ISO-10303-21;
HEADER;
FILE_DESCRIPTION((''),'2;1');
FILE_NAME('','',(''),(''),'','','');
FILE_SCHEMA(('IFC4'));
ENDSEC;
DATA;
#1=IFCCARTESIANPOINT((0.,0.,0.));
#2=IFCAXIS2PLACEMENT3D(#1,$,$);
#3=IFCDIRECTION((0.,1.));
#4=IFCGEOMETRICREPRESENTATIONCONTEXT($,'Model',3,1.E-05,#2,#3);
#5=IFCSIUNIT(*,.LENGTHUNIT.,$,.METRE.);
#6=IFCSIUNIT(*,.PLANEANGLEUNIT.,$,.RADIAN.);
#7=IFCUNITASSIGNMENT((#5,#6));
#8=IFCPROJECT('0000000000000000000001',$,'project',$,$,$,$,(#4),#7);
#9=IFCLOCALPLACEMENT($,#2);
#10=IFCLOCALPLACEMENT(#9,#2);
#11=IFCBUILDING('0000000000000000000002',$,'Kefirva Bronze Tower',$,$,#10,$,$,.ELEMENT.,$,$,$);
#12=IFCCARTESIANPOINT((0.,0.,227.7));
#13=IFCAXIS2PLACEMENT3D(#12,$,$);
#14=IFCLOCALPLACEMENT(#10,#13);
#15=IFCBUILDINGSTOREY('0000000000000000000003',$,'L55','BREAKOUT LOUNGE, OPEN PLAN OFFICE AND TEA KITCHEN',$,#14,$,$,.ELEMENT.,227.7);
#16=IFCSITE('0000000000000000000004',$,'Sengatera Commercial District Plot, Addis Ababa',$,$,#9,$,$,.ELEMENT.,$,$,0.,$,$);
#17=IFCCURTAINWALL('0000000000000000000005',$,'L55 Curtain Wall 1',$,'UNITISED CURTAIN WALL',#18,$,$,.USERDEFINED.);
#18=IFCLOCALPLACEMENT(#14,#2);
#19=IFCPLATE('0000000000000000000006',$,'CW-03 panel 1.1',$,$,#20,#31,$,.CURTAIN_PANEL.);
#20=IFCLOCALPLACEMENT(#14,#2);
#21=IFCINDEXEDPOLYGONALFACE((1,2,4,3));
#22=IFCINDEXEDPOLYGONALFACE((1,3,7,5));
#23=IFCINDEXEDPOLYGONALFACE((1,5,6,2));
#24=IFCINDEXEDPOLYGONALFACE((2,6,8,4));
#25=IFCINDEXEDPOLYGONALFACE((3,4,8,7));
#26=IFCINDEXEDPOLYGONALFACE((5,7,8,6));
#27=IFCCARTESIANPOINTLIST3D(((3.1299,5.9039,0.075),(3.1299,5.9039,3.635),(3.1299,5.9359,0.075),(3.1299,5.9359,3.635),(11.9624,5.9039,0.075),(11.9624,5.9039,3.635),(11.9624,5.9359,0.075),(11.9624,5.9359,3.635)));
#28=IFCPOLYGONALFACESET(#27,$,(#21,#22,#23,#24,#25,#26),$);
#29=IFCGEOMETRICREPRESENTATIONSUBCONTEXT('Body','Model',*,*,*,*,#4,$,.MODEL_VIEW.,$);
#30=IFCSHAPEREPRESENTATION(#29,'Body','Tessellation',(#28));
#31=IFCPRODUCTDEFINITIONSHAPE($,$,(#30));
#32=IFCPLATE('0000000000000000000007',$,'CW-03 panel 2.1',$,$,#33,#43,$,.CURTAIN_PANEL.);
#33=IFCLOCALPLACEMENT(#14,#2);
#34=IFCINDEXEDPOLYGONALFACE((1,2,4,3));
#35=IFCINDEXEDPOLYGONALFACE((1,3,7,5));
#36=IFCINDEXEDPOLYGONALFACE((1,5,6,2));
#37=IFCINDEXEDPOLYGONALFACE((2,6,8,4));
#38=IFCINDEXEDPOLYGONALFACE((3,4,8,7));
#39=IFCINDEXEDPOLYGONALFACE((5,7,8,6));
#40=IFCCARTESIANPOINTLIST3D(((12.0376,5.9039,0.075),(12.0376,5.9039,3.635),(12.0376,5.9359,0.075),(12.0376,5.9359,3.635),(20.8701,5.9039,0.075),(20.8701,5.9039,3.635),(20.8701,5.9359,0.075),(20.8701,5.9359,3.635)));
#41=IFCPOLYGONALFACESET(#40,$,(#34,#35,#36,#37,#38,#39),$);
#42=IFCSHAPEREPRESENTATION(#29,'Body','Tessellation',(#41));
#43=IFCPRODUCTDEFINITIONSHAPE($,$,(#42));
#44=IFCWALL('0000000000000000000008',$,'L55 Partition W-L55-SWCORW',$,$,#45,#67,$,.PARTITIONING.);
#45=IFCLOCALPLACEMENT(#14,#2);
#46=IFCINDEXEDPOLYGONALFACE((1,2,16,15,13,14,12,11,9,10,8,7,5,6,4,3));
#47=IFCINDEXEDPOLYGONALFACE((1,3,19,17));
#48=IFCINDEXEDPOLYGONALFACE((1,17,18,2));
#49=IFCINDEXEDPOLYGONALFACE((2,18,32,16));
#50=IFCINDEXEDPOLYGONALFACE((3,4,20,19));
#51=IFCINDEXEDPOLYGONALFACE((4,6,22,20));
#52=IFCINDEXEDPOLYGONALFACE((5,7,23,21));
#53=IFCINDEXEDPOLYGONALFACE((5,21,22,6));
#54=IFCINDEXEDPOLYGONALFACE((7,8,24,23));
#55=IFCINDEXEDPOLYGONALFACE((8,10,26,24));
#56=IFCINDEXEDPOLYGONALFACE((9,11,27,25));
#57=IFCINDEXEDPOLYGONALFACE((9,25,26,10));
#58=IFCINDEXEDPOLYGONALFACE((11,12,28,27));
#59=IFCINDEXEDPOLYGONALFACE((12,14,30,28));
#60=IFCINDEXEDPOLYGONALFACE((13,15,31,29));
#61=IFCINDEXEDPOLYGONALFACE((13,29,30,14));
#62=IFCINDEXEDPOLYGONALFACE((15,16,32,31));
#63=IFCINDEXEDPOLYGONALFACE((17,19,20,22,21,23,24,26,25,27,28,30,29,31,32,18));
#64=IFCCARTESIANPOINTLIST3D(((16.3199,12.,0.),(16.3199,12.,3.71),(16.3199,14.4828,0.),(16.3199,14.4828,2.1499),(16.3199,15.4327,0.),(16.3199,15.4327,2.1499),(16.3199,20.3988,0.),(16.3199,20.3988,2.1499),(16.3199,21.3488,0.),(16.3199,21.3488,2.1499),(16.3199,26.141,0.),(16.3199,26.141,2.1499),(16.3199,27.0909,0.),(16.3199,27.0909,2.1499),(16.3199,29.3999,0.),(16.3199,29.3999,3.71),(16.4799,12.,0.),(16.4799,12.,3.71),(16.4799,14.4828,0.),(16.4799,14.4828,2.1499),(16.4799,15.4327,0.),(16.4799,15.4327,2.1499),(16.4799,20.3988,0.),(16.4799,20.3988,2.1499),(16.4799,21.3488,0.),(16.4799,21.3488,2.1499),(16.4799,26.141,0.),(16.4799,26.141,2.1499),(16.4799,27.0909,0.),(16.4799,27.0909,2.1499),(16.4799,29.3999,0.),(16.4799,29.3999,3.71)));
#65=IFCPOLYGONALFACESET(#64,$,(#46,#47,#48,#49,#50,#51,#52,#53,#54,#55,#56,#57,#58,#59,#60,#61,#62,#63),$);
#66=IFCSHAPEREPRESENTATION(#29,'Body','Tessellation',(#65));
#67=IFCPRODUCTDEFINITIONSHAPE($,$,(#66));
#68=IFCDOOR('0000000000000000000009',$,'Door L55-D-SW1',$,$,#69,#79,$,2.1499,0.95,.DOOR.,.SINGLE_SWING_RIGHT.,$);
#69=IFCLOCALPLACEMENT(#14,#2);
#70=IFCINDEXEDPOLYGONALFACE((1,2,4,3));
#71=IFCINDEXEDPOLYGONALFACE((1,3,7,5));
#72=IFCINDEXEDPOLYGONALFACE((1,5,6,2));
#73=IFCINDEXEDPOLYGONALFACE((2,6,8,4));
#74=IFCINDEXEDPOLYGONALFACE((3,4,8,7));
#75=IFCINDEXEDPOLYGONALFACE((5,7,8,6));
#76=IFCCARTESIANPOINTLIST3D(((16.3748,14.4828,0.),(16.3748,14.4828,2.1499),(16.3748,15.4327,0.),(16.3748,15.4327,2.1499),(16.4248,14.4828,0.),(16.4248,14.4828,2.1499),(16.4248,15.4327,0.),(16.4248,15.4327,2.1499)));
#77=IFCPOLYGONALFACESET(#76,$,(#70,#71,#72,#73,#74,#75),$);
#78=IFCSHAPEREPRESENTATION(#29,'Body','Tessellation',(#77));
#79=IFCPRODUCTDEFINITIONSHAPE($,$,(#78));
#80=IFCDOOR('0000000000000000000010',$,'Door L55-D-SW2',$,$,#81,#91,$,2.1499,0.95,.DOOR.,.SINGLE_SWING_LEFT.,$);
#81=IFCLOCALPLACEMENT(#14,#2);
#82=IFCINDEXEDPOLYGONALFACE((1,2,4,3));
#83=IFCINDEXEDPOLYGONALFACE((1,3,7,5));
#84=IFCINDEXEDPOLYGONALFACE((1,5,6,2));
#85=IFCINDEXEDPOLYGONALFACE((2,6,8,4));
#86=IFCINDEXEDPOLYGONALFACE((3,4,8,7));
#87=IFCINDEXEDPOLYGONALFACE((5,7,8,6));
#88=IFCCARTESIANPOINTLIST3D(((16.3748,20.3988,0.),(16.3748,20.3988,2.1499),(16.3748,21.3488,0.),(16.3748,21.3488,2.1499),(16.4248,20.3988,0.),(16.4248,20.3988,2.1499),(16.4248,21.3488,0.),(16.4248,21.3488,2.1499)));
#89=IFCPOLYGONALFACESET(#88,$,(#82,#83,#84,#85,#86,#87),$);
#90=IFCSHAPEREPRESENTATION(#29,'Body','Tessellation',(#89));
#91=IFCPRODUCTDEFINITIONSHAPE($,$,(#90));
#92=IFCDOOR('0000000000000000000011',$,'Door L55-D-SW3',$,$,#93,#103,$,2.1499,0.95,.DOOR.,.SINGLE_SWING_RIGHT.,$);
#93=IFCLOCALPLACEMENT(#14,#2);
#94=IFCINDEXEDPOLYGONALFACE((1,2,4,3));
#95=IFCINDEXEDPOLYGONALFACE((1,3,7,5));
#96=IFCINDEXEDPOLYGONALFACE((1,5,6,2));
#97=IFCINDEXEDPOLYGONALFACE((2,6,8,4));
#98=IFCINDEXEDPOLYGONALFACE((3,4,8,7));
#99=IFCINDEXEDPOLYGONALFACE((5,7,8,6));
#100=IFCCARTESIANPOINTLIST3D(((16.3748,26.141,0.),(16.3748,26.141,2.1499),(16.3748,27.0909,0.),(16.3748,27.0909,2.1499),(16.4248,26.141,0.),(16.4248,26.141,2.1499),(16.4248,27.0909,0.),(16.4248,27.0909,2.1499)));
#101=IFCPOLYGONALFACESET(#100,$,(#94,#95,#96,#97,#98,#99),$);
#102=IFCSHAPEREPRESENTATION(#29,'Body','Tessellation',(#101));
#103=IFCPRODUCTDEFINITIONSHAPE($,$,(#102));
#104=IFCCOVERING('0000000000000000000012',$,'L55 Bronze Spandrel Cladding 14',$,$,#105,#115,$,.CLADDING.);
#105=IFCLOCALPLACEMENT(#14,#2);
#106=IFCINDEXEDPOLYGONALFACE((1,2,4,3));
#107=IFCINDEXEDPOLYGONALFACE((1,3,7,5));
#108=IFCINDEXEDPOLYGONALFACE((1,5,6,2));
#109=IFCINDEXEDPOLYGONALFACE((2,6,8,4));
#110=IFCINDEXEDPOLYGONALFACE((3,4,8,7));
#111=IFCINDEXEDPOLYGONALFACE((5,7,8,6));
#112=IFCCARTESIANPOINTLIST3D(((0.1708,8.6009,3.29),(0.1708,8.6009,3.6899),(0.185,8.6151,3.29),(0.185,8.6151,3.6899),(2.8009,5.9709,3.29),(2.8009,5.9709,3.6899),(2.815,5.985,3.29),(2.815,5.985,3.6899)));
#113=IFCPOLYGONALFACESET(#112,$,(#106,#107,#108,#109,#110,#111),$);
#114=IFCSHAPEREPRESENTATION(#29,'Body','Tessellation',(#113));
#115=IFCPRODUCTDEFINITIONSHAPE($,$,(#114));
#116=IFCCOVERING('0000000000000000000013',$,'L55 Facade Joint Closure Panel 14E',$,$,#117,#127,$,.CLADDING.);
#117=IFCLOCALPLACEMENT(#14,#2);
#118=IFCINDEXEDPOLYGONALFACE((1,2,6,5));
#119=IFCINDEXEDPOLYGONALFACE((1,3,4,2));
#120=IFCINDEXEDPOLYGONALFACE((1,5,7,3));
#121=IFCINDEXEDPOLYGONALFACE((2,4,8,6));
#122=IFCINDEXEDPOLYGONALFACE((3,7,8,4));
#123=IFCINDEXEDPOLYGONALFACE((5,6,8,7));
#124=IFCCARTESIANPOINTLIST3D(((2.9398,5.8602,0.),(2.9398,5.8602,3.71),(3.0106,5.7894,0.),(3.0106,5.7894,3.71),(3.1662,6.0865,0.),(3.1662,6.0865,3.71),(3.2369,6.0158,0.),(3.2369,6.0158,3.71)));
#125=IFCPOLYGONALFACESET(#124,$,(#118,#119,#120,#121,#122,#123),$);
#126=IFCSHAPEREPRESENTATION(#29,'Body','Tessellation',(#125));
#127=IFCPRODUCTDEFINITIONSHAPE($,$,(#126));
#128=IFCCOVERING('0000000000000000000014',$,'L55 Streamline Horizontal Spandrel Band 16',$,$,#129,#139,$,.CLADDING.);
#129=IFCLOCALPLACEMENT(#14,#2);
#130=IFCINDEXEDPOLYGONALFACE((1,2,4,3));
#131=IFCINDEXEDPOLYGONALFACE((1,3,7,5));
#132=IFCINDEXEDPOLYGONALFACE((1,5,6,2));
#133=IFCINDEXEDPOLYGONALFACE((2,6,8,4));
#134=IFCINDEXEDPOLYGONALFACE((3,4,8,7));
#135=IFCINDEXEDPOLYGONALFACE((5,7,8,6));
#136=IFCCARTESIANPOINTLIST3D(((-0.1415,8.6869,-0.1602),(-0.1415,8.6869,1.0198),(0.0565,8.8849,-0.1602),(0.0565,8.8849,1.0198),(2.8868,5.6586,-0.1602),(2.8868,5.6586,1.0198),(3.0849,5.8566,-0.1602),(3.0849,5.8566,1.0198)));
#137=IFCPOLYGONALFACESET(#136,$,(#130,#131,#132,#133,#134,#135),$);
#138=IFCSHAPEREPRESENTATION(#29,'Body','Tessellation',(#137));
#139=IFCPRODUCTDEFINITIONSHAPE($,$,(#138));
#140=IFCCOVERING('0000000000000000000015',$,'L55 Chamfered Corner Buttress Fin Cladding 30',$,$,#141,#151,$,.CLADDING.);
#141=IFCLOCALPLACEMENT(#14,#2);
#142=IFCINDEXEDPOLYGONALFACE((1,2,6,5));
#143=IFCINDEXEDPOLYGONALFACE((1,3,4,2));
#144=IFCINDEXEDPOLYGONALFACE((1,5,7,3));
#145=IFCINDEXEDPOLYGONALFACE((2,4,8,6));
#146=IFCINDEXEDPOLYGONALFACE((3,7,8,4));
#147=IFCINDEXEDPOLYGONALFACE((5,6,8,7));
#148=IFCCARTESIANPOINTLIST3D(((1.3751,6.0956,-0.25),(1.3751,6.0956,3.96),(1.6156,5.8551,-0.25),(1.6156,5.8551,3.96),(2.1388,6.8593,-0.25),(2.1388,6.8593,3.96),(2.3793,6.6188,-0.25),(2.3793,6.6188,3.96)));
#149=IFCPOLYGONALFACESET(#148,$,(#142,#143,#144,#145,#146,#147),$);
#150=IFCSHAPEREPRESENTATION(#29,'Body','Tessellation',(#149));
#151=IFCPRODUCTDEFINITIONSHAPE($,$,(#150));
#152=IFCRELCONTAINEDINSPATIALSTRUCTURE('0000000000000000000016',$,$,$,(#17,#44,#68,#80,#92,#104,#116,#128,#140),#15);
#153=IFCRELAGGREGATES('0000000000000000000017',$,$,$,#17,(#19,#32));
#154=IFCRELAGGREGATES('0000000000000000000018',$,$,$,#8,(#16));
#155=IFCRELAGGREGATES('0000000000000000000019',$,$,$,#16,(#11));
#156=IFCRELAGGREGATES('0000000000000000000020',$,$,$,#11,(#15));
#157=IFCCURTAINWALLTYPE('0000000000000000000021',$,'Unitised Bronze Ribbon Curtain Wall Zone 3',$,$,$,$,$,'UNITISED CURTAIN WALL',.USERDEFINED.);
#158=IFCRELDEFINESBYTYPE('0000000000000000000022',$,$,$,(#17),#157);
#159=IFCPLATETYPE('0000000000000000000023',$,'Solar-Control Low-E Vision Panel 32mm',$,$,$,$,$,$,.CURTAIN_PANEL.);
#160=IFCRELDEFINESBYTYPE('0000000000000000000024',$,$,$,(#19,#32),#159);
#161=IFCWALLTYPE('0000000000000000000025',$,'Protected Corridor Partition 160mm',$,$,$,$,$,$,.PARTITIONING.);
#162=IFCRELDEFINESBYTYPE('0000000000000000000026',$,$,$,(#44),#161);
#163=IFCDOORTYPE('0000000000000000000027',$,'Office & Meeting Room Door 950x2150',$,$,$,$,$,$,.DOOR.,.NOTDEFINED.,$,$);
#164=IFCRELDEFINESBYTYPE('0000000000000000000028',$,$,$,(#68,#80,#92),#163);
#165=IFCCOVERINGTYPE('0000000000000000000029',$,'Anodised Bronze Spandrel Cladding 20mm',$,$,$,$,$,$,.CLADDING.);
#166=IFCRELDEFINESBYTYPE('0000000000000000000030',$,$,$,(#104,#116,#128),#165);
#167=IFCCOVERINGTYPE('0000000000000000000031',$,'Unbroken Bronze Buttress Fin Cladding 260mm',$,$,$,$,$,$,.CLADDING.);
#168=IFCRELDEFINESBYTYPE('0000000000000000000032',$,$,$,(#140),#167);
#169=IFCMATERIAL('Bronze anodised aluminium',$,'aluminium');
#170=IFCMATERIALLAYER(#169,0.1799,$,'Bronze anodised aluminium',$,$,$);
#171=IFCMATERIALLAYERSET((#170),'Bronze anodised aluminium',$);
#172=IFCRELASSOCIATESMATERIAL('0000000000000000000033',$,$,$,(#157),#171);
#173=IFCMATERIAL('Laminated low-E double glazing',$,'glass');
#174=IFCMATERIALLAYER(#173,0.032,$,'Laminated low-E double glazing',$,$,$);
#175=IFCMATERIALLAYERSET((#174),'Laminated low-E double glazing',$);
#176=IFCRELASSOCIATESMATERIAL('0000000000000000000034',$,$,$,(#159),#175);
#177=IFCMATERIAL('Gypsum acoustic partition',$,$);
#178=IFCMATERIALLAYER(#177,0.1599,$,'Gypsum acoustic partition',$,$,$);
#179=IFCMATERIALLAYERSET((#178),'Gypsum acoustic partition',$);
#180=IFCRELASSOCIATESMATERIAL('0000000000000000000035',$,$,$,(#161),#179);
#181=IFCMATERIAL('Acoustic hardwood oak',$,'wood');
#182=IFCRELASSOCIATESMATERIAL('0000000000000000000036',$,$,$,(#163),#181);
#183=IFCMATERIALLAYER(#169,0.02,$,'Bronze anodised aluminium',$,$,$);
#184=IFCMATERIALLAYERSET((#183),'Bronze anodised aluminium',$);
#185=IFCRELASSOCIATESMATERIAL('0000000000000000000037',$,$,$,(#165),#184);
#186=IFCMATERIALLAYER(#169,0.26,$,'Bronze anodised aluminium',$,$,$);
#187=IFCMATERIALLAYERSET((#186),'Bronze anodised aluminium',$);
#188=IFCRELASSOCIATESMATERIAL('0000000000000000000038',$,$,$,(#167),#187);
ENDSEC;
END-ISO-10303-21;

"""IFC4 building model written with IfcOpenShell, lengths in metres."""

from ifc_helpers import new_model, si_unit, direction, frame, frame_2d, origin, origin_2d, place, context, subcontext, project, spatial, rectangle, extrude, material, layer, layer_set, type_object, element, fill, aggregate, save


model = new_model("IFC4")

# Units and contexts
model_context = context("Model", 3, precision=1e-05, world=origin(), true_north=direction((0.0, 1.0)))
body_context = subcontext(model_context, "Body", "Model", "MODEL_VIEW")
ifc_project = project(units=[si_unit("LENGTHUNIT", "METRE"), si_unit("PLANEANGLEUNIT", "RADIAN")], contexts=[model_context])

# Site, building, storey
site_placement = place(None, origin())
site = spatial("IfcSite", under=ifc_project, at=site_placement, Name="Sengatera Commercial District Plot, Addis Ababa", CompositionType="ELEMENT", RefElevation=0.0)
building_placement = place(site_placement, origin())
building = spatial("IfcBuilding", under=site, at=building_placement, Name="Kefirva Bronze Tower", CompositionType="ELEMENT")
storey_placement = place(building_placement, frame((0.0, 0.0, 227.7)))
storey = spatial("IfcBuildingStorey", under=building, at=storey_placement, Name="L55", Description="BREAKOUT LOUNGE, OPEN PLAN OFFICE AND TEA KITCHEN", CompositionType="ELEMENT", Elevation=227.7)

# Curtain wall
ifc_material_1 = material(Name="Bronze anodised aluminium", Category="aluminium")
ifc_layer_1 = layer(ifc_material_1, 0.1799, Name="Bronze anodised aluminium")
ifc_layer_set_1 = layer_set([ifc_layer_1], Name="Bronze anodised aluminium")
curtain_wall_type = type_object("IfcCurtainWallType", Name="Unitised Bronze Ribbon Curtain Wall Zone 3", ElementType="UNITISED CURTAIN WALL", PredefinedType="USERDEFINED", material=ifc_layer_set_1)
curtain_wall_placement = place(storey_placement, origin())
curtain_wall = element("IfcCurtainWall", 1, at=curtain_wall_placement, inside=storey, type_object=curtain_wall_type, Name="L55 Curtain Wall 1", ObjectType="UNITISED CURTAIN WALL", PredefinedType="USERDEFINED")

# Plates
ifc_material_2 = material(Name="Laminated low-E double glazing", Category="glass")
ifc_layer_2 = layer(ifc_material_2, 0.032, Name="Laminated low-E double glazing")
ifc_layer_set_2 = layer_set([ifc_layer_2], Name="Laminated low-E double glazing")
plate_type = type_object("IfcPlateType", Name="Solar-Control Low-E Vision Panel 32mm", PredefinedType="CURTAIN_PANEL", material=ifc_layer_set_2)
plate_1_placement = place(storey_placement, frame((7.5461, 5.9199, 0.075), z_axis=(0.0, 0.0, 1.0), x_axis=(1.0, 0.0, 0.0)))
plate_1 = element("IfcPlate", 2, at=plate_1_placement, type_object=plate_type, Name="CW-03 panel 1.1", PredefinedType="CURTAIN_PANEL", context=body_context, shape_type="SweptSolid", body=[
    extrude(rectangle(XDim=8.8325, YDim=0.032, at=origin_2d()), origin(), (0.0, 0.0, 1.0), 3.5601),
])
plate_2_placement = place(storey_placement, frame((16.4539, 5.9199, 0.075), z_axis=(0.0, 0.0, 1.0), x_axis=(1.0, 0.0, 0.0)))
plate_2 = element("IfcPlate", 3, at=plate_2_placement, type_object=plate_type, Name="CW-03 panel 2.1", PredefinedType="CURTAIN_PANEL", context=body_context, shape_type="SweptSolid", body=[
    extrude(rectangle(XDim=8.8325, YDim=0.032, at=origin_2d()), origin(), (0.0, 0.0, 1.0), 3.5601),
])
aggregate(curtain_wall, [plate_1, plate_2])

# Wall, openings, doors
ifc_material_3 = material(Name="Gypsum acoustic partition")
ifc_layer_3 = layer(ifc_material_3, 0.1599, Name="Gypsum acoustic partition")
ifc_layer_set_3 = layer_set([ifc_layer_3], Name="Gypsum acoustic partition")
wall_type = type_object("IfcWallType", Name="Protected Corridor Partition 160mm", PredefinedType="PARTITIONING", material=ifc_layer_set_3)
wall_placement = place(storey_placement, frame((16.3999, 12.0, 0.0), z_axis=(0.0, 0.0, 1.0), x_axis=(0.0, 1.0, 0.0)))
wall = element("IfcWall", 4, at=wall_placement, inside=storey, type_object=wall_type, Name="L55 Partition W-L55-SWCORW", PredefinedType="PARTITIONING", context=body_context, shape_type="SweptSolid", body=[
    extrude(rectangle(XDim=17.3999, YDim=0.1599, at=frame_2d((8.7, 0.0))), origin(), (0.0, 0.0, 1.0), 3.71),
])
opening_1_placement = place(wall_placement, frame((3.4329, 0.0, 0.0), z_axis=(0.0, 0.0, 1.0), x_axis=(-1.0, 0.0, 0.0)))
opening_1 = element("IfcOpeningElement", 5, at=opening_1_placement, cuts=wall, PredefinedType="OPENING", context=body_context, shape_type="SweptSolid", body=[
    extrude(rectangle(XDim=0.95, YDim=2.1499, at=frame_2d((0.4751, 1.075))), frame((0.0, 0.0898, 0.0), z_axis=(0.0, -1.0, 0.0), x_axis=(1.0, 0.0, 0.0)), (0.0, 0.0, 1.0), 0.1799),
])
opening_2_placement = place(wall_placement, frame((9.3489, 0.0, 0.0), z_axis=(0.0, 0.0, 1.0), x_axis=(-1.0, 0.0, 0.0)))
opening_2 = element("IfcOpeningElement", 6, at=opening_2_placement, cuts=wall, PredefinedType="OPENING", context=body_context, shape_type="SweptSolid", body=[
    extrude(rectangle(XDim=0.95, YDim=2.1499, at=frame_2d((0.4751, 1.075))), frame((0.0, 0.0898, 0.0), z_axis=(0.0, -1.0, 0.0), x_axis=(1.0, 0.0, 0.0)), (0.0, 0.0, 1.0), 0.1799),
])
opening_3_placement = place(wall_placement, frame((15.0911, 0.0, 0.0), z_axis=(0.0, 0.0, 1.0), x_axis=(-1.0, 0.0, 0.0)))
opening_3 = element("IfcOpeningElement", 7, at=opening_3_placement, cuts=wall, PredefinedType="OPENING", context=body_context, shape_type="SweptSolid", body=[
    extrude(rectangle(XDim=0.95, YDim=2.1499, at=frame_2d((0.4751, 1.075))), frame((0.0, 0.0898, 0.0), z_axis=(0.0, -1.0, 0.0), x_axis=(1.0, 0.0, 0.0)), (0.0, 0.0, 1.0), 0.1799),
])
ifc_material_4 = material(Name="Acoustic hardwood oak", Category="wood")
door_type = type_object("IfcDoorType", Name="Office & Meeting Room Door 950x2150", OperationType="NOTDEFINED", PredefinedType="DOOR", material=ifc_material_4)
door_1_placement = place(opening_1_placement, origin())
door_1 = element("IfcDoor", 8, at=door_1_placement, inside=storey, type_object=door_type, Name="Door L55-D-SW1", OperationType="SINGLE_SWING_RIGHT", OverallHeight=2.1499, OverallWidth=0.95, PredefinedType="DOOR", context=body_context, shape_type="SweptSolid", body=[
    extrude(rectangle(XDim=0.95, YDim=2.1499, at=frame_2d((0.4751, 1.075))), frame((0.0, 0.0249, 0.0), z_axis=(0.0, -1.0, 0.0), x_axis=(1.0, 0.0, 0.0)), (0.0, 0.0, 1.0), 0.05),
])
fill(opening_1, door_1)
door_2_placement = place(opening_2_placement, origin())
door_2 = element("IfcDoor", 9, at=door_2_placement, inside=storey, type_object=door_type, Name="Door L55-D-SW2", OperationType="SINGLE_SWING_LEFT", OverallHeight=2.1499, OverallWidth=0.95, PredefinedType="DOOR", context=body_context, shape_type="SweptSolid", body=[
    extrude(rectangle(XDim=0.95, YDim=2.1499, at=frame_2d((0.4751, 1.075))), frame((0.0, 0.0249, 0.0), z_axis=(0.0, -1.0, 0.0), x_axis=(1.0, 0.0, 0.0)), (0.0, 0.0, 1.0), 0.05),
])
fill(opening_2, door_2)
door_3_placement = place(opening_3_placement, origin())
door_3 = element("IfcDoor", 10, at=door_3_placement, inside=storey, type_object=door_type, Name="Door L55-D-SW3", OperationType="SINGLE_SWING_RIGHT", OverallHeight=2.1499, OverallWidth=0.95, PredefinedType="DOOR", context=body_context, shape_type="SweptSolid", body=[
    extrude(rectangle(XDim=0.95, YDim=2.1499, at=frame_2d((0.4751, 1.075))), frame((0.0, 0.0249, 0.0), z_axis=(0.0, -1.0, 0.0), x_axis=(1.0, 0.0, 0.0)), (0.0, 0.0, 1.0), 0.05),
])
fill(opening_3, door_3)

# Coverings
ifc_layer_4 = layer(ifc_material_1, 0.02, Name="Bronze anodised aluminium")
ifc_layer_set_4 = layer_set([ifc_layer_4], Name="Bronze anodised aluminium")
covering_type_1 = type_object("IfcCoveringType", Name="Anodised Bronze Spandrel Cladding 20mm", PredefinedType="CLADDING", material=ifc_layer_set_4)
covering_1_placement = place(storey_placement, frame((1.4929, 7.293, 3.29), z_axis=(0.0, 0.0, 1.0), x_axis=(0.707107, -0.707107, 0.0)))
element("IfcCovering", 11, at=covering_1_placement, inside=storey, type_object=covering_type_1, Name="L55 Bronze Spandrel Cladding 14", PredefinedType="CLADDING", context=body_context, shape_type="SweptSolid", body=[
    extrude(rectangle(XDim=3.7195, YDim=0.02, at=origin_2d()), origin(), (0.0, 0.0, 1.0), 0.3999),
])
covering_2_placement = place(storey_placement, frame((3.0884, 5.938, 0.0), z_axis=(0.0, 0.0, 1.0), x_axis=(0.707107, -0.707107, 0.0)))
element("IfcCovering", 12, at=covering_2_placement, inside=storey, type_object=covering_type_1, Name="L55 Facade Joint Closure Panel 14E", PredefinedType="CLADDING", context=body_context, shape_type="SweptSolid", body=[
    extrude(rectangle(XDim=0.1001, YDim=0.3201, at=origin_2d()), origin(), (0.0, 0.0, 1.0), 3.71),
])
covering_3_placement = place(storey_placement, frame((1.4717, 7.2717, -0.1602), z_axis=(0.0, 0.0, 1.0), x_axis=(0.707107, -0.707107, 0.0)))
element("IfcCovering", 13, at=covering_3_placement, inside=storey, type_object=covering_type_1, Name="L55 Streamline Horizontal Spandrel Band 16", PredefinedType="CLADDING", context=body_context, shape_type="SweptSolid", body=[
    extrude(rectangle(XDim=4.2827, YDim=0.28, at=origin_2d()), origin(), (0.0, 0.0, 1.0), 1.1799),
])
ifc_layer_5 = layer(ifc_material_1, 0.26, Name="Bronze anodised aluminium")
ifc_layer_set_5 = layer_set([ifc_layer_5], Name="Bronze anodised aluminium")
covering_type_2 = type_object("IfcCoveringType", Name="Unbroken Bronze Buttress Fin Cladding 260mm", PredefinedType="CLADDING", material=ifc_layer_set_5)
covering_4_placement = place(storey_placement, frame((1.8772, 6.3572, -0.25), z_axis=(0.0, 0.0, 1.0), x_axis=(0.707107, -0.707107, 0.0)))
element("IfcCovering", 14, at=covering_4_placement, inside=storey, type_object=covering_type_2, Name="L55 Chamfered Corner Buttress Fin Cladding 30", PredefinedType="CLADDING", context=body_context, shape_type="SweptSolid", body=[
    extrude(rectangle(XDim=0.3401, YDim=1.0801, at=origin_2d()), origin(), (0.0, 0.0, 1.0), 4.21),
])

save(model, "model.ifc")
